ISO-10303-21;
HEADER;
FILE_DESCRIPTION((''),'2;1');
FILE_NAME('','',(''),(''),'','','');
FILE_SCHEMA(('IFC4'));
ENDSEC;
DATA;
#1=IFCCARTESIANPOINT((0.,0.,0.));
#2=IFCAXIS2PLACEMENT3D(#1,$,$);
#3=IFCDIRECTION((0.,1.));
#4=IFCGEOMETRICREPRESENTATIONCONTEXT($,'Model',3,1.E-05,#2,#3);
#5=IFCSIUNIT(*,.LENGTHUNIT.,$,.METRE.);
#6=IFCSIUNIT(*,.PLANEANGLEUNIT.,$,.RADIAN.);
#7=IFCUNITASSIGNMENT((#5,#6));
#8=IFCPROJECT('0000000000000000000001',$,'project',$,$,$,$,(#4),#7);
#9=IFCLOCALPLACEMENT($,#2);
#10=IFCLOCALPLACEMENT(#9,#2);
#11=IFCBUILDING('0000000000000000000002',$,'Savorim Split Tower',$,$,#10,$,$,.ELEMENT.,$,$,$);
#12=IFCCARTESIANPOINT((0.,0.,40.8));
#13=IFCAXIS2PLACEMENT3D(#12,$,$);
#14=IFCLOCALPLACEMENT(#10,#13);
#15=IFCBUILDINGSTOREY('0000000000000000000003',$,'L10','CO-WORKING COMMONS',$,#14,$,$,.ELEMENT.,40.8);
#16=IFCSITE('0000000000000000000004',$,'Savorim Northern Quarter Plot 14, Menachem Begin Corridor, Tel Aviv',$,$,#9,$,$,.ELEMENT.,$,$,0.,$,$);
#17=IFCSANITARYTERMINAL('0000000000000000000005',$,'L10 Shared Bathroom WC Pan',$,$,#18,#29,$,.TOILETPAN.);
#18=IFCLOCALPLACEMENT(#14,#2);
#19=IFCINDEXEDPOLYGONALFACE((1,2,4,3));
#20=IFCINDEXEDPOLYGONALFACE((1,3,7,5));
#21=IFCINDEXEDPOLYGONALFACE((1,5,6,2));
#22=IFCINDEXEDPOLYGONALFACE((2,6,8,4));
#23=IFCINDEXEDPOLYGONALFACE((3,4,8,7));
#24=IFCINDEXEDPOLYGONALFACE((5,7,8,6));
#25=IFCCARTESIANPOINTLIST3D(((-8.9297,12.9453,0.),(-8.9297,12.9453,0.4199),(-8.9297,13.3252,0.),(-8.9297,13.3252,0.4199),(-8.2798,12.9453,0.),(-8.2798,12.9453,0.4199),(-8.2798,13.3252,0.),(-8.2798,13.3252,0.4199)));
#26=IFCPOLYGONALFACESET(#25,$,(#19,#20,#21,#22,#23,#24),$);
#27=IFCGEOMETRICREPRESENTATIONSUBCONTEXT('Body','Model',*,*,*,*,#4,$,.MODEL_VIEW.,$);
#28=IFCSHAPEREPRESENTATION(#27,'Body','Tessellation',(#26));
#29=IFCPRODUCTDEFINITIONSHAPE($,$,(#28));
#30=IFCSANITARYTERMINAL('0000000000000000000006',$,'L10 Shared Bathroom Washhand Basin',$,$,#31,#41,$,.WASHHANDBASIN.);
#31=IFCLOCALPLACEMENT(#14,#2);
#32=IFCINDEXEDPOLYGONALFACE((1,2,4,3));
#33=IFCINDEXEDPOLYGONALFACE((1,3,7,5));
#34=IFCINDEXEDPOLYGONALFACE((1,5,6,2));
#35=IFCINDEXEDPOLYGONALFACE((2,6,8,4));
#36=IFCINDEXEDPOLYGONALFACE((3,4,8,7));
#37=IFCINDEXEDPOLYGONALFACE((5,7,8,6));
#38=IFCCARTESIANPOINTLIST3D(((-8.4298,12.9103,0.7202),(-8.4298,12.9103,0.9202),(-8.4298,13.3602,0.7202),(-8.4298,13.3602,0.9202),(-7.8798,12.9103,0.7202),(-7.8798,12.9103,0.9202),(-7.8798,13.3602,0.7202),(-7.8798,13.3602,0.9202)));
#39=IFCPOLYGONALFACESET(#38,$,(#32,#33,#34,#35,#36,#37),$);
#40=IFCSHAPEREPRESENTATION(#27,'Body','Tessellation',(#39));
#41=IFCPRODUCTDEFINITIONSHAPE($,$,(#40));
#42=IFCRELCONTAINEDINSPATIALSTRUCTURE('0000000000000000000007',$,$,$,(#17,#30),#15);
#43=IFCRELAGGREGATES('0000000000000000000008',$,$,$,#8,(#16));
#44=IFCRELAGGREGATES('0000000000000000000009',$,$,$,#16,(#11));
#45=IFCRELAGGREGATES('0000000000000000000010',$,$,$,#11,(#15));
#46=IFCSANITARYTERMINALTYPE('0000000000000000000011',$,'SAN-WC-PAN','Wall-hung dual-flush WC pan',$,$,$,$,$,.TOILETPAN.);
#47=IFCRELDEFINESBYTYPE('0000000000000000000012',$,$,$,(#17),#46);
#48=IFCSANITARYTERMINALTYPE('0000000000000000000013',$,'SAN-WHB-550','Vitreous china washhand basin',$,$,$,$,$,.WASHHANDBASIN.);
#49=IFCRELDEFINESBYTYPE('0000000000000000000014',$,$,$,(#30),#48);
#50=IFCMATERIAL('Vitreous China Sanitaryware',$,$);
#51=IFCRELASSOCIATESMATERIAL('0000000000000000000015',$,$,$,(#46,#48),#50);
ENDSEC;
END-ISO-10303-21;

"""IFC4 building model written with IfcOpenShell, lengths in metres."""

from ifc_helpers import new_model, si_unit, direction, frame, origin, origin_2d, place, context, subcontext, project, spatial, rectangle, extrude, material, type_object, element, save


model = new_model("IFC4")

# Units and contexts
model_context = context("Model", 3, precision=1e-05, world=origin(), true_north=direction((0.0, 1.0)))
body_context = subcontext(model_context, "Body", "Model", "MODEL_VIEW")
ifc_project = project(units=[si_unit("LENGTHUNIT", "METRE"), si_unit("PLANEANGLEUNIT", "RADIAN")], contexts=[model_context])

# Site, building, storey
site_placement = place(None, origin())
site = spatial("IfcSite", under=ifc_project, at=site_placement, Name="Savorim Northern Quarter Plot 14, Menachem Begin Corridor, Tel Aviv", CompositionType="ELEMENT", RefElevation=0.0)
building_placement = place(site_placement, origin())
building = spatial("IfcBuilding", under=site, at=building_placement, Name="Savorim Split Tower", CompositionType="ELEMENT")
storey_placement = place(building_placement, frame((0.0, 0.0, 40.8)))
storey = spatial("IfcBuildingStorey", under=building, at=storey_placement, Name="L10", Description="CO-WORKING COMMONS", CompositionType="ELEMENT", Elevation=40.8)

# Sanitary terminals
ifc_material_1 = material(Name="Vitreous China Sanitaryware")
sanitary_terminal_type_1 = type_object("IfcSanitaryTerminalType", Name="SAN-WC-PAN", Description="Wall-hung dual-flush WC pan", PredefinedType="TOILETPAN", material=ifc_material_1)
sanitary_terminal_1_placement = place(storey_placement, frame((-8.6047, 13.1353, 0.0), z_axis=(0.0, 0.0, 1.0), x_axis=(1.0, 0.0, 0.0)))
element("IfcSanitaryTerminal", 1, at=sanitary_terminal_1_placement, inside=storey, type_object=sanitary_terminal_type_1, Name="L10 Shared Bathroom WC Pan", PredefinedType="TOILETPAN", context=body_context, shape_type="SweptSolid", body=[
    extrude(rectangle(XDim=0.6499, YDim=0.3799, at=origin_2d()), origin(), (0.0, 0.0, 1.0), 0.4199),
])
sanitary_terminal_type_2 = type_object("IfcSanitaryTerminalType", Name="SAN-WHB-550", Description="Vitreous china washhand basin", PredefinedType="WASHHANDBASIN", material=ifc_material_1)
sanitary_terminal_2_placement = place(storey_placement, frame((-8.1548, 13.1353, 0.7202), z_axis=(0.0, 0.0, 1.0), x_axis=(1.0, 0.0, 0.0)))
element("IfcSanitaryTerminal", 2, at=sanitary_terminal_2_placement, inside=storey, type_object=sanitary_terminal_type_2, Name="L10 Shared Bathroom Washhand Basin", PredefinedType="WASHHANDBASIN", context=body_context, shape_type="SweptSolid", body=[
    extrude(rectangle(XDim=0.55, YDim=0.45, at=origin_2d()), origin(), (0.0, 0.0, 1.0), 0.2),
])

save(model, "model.ifc")
